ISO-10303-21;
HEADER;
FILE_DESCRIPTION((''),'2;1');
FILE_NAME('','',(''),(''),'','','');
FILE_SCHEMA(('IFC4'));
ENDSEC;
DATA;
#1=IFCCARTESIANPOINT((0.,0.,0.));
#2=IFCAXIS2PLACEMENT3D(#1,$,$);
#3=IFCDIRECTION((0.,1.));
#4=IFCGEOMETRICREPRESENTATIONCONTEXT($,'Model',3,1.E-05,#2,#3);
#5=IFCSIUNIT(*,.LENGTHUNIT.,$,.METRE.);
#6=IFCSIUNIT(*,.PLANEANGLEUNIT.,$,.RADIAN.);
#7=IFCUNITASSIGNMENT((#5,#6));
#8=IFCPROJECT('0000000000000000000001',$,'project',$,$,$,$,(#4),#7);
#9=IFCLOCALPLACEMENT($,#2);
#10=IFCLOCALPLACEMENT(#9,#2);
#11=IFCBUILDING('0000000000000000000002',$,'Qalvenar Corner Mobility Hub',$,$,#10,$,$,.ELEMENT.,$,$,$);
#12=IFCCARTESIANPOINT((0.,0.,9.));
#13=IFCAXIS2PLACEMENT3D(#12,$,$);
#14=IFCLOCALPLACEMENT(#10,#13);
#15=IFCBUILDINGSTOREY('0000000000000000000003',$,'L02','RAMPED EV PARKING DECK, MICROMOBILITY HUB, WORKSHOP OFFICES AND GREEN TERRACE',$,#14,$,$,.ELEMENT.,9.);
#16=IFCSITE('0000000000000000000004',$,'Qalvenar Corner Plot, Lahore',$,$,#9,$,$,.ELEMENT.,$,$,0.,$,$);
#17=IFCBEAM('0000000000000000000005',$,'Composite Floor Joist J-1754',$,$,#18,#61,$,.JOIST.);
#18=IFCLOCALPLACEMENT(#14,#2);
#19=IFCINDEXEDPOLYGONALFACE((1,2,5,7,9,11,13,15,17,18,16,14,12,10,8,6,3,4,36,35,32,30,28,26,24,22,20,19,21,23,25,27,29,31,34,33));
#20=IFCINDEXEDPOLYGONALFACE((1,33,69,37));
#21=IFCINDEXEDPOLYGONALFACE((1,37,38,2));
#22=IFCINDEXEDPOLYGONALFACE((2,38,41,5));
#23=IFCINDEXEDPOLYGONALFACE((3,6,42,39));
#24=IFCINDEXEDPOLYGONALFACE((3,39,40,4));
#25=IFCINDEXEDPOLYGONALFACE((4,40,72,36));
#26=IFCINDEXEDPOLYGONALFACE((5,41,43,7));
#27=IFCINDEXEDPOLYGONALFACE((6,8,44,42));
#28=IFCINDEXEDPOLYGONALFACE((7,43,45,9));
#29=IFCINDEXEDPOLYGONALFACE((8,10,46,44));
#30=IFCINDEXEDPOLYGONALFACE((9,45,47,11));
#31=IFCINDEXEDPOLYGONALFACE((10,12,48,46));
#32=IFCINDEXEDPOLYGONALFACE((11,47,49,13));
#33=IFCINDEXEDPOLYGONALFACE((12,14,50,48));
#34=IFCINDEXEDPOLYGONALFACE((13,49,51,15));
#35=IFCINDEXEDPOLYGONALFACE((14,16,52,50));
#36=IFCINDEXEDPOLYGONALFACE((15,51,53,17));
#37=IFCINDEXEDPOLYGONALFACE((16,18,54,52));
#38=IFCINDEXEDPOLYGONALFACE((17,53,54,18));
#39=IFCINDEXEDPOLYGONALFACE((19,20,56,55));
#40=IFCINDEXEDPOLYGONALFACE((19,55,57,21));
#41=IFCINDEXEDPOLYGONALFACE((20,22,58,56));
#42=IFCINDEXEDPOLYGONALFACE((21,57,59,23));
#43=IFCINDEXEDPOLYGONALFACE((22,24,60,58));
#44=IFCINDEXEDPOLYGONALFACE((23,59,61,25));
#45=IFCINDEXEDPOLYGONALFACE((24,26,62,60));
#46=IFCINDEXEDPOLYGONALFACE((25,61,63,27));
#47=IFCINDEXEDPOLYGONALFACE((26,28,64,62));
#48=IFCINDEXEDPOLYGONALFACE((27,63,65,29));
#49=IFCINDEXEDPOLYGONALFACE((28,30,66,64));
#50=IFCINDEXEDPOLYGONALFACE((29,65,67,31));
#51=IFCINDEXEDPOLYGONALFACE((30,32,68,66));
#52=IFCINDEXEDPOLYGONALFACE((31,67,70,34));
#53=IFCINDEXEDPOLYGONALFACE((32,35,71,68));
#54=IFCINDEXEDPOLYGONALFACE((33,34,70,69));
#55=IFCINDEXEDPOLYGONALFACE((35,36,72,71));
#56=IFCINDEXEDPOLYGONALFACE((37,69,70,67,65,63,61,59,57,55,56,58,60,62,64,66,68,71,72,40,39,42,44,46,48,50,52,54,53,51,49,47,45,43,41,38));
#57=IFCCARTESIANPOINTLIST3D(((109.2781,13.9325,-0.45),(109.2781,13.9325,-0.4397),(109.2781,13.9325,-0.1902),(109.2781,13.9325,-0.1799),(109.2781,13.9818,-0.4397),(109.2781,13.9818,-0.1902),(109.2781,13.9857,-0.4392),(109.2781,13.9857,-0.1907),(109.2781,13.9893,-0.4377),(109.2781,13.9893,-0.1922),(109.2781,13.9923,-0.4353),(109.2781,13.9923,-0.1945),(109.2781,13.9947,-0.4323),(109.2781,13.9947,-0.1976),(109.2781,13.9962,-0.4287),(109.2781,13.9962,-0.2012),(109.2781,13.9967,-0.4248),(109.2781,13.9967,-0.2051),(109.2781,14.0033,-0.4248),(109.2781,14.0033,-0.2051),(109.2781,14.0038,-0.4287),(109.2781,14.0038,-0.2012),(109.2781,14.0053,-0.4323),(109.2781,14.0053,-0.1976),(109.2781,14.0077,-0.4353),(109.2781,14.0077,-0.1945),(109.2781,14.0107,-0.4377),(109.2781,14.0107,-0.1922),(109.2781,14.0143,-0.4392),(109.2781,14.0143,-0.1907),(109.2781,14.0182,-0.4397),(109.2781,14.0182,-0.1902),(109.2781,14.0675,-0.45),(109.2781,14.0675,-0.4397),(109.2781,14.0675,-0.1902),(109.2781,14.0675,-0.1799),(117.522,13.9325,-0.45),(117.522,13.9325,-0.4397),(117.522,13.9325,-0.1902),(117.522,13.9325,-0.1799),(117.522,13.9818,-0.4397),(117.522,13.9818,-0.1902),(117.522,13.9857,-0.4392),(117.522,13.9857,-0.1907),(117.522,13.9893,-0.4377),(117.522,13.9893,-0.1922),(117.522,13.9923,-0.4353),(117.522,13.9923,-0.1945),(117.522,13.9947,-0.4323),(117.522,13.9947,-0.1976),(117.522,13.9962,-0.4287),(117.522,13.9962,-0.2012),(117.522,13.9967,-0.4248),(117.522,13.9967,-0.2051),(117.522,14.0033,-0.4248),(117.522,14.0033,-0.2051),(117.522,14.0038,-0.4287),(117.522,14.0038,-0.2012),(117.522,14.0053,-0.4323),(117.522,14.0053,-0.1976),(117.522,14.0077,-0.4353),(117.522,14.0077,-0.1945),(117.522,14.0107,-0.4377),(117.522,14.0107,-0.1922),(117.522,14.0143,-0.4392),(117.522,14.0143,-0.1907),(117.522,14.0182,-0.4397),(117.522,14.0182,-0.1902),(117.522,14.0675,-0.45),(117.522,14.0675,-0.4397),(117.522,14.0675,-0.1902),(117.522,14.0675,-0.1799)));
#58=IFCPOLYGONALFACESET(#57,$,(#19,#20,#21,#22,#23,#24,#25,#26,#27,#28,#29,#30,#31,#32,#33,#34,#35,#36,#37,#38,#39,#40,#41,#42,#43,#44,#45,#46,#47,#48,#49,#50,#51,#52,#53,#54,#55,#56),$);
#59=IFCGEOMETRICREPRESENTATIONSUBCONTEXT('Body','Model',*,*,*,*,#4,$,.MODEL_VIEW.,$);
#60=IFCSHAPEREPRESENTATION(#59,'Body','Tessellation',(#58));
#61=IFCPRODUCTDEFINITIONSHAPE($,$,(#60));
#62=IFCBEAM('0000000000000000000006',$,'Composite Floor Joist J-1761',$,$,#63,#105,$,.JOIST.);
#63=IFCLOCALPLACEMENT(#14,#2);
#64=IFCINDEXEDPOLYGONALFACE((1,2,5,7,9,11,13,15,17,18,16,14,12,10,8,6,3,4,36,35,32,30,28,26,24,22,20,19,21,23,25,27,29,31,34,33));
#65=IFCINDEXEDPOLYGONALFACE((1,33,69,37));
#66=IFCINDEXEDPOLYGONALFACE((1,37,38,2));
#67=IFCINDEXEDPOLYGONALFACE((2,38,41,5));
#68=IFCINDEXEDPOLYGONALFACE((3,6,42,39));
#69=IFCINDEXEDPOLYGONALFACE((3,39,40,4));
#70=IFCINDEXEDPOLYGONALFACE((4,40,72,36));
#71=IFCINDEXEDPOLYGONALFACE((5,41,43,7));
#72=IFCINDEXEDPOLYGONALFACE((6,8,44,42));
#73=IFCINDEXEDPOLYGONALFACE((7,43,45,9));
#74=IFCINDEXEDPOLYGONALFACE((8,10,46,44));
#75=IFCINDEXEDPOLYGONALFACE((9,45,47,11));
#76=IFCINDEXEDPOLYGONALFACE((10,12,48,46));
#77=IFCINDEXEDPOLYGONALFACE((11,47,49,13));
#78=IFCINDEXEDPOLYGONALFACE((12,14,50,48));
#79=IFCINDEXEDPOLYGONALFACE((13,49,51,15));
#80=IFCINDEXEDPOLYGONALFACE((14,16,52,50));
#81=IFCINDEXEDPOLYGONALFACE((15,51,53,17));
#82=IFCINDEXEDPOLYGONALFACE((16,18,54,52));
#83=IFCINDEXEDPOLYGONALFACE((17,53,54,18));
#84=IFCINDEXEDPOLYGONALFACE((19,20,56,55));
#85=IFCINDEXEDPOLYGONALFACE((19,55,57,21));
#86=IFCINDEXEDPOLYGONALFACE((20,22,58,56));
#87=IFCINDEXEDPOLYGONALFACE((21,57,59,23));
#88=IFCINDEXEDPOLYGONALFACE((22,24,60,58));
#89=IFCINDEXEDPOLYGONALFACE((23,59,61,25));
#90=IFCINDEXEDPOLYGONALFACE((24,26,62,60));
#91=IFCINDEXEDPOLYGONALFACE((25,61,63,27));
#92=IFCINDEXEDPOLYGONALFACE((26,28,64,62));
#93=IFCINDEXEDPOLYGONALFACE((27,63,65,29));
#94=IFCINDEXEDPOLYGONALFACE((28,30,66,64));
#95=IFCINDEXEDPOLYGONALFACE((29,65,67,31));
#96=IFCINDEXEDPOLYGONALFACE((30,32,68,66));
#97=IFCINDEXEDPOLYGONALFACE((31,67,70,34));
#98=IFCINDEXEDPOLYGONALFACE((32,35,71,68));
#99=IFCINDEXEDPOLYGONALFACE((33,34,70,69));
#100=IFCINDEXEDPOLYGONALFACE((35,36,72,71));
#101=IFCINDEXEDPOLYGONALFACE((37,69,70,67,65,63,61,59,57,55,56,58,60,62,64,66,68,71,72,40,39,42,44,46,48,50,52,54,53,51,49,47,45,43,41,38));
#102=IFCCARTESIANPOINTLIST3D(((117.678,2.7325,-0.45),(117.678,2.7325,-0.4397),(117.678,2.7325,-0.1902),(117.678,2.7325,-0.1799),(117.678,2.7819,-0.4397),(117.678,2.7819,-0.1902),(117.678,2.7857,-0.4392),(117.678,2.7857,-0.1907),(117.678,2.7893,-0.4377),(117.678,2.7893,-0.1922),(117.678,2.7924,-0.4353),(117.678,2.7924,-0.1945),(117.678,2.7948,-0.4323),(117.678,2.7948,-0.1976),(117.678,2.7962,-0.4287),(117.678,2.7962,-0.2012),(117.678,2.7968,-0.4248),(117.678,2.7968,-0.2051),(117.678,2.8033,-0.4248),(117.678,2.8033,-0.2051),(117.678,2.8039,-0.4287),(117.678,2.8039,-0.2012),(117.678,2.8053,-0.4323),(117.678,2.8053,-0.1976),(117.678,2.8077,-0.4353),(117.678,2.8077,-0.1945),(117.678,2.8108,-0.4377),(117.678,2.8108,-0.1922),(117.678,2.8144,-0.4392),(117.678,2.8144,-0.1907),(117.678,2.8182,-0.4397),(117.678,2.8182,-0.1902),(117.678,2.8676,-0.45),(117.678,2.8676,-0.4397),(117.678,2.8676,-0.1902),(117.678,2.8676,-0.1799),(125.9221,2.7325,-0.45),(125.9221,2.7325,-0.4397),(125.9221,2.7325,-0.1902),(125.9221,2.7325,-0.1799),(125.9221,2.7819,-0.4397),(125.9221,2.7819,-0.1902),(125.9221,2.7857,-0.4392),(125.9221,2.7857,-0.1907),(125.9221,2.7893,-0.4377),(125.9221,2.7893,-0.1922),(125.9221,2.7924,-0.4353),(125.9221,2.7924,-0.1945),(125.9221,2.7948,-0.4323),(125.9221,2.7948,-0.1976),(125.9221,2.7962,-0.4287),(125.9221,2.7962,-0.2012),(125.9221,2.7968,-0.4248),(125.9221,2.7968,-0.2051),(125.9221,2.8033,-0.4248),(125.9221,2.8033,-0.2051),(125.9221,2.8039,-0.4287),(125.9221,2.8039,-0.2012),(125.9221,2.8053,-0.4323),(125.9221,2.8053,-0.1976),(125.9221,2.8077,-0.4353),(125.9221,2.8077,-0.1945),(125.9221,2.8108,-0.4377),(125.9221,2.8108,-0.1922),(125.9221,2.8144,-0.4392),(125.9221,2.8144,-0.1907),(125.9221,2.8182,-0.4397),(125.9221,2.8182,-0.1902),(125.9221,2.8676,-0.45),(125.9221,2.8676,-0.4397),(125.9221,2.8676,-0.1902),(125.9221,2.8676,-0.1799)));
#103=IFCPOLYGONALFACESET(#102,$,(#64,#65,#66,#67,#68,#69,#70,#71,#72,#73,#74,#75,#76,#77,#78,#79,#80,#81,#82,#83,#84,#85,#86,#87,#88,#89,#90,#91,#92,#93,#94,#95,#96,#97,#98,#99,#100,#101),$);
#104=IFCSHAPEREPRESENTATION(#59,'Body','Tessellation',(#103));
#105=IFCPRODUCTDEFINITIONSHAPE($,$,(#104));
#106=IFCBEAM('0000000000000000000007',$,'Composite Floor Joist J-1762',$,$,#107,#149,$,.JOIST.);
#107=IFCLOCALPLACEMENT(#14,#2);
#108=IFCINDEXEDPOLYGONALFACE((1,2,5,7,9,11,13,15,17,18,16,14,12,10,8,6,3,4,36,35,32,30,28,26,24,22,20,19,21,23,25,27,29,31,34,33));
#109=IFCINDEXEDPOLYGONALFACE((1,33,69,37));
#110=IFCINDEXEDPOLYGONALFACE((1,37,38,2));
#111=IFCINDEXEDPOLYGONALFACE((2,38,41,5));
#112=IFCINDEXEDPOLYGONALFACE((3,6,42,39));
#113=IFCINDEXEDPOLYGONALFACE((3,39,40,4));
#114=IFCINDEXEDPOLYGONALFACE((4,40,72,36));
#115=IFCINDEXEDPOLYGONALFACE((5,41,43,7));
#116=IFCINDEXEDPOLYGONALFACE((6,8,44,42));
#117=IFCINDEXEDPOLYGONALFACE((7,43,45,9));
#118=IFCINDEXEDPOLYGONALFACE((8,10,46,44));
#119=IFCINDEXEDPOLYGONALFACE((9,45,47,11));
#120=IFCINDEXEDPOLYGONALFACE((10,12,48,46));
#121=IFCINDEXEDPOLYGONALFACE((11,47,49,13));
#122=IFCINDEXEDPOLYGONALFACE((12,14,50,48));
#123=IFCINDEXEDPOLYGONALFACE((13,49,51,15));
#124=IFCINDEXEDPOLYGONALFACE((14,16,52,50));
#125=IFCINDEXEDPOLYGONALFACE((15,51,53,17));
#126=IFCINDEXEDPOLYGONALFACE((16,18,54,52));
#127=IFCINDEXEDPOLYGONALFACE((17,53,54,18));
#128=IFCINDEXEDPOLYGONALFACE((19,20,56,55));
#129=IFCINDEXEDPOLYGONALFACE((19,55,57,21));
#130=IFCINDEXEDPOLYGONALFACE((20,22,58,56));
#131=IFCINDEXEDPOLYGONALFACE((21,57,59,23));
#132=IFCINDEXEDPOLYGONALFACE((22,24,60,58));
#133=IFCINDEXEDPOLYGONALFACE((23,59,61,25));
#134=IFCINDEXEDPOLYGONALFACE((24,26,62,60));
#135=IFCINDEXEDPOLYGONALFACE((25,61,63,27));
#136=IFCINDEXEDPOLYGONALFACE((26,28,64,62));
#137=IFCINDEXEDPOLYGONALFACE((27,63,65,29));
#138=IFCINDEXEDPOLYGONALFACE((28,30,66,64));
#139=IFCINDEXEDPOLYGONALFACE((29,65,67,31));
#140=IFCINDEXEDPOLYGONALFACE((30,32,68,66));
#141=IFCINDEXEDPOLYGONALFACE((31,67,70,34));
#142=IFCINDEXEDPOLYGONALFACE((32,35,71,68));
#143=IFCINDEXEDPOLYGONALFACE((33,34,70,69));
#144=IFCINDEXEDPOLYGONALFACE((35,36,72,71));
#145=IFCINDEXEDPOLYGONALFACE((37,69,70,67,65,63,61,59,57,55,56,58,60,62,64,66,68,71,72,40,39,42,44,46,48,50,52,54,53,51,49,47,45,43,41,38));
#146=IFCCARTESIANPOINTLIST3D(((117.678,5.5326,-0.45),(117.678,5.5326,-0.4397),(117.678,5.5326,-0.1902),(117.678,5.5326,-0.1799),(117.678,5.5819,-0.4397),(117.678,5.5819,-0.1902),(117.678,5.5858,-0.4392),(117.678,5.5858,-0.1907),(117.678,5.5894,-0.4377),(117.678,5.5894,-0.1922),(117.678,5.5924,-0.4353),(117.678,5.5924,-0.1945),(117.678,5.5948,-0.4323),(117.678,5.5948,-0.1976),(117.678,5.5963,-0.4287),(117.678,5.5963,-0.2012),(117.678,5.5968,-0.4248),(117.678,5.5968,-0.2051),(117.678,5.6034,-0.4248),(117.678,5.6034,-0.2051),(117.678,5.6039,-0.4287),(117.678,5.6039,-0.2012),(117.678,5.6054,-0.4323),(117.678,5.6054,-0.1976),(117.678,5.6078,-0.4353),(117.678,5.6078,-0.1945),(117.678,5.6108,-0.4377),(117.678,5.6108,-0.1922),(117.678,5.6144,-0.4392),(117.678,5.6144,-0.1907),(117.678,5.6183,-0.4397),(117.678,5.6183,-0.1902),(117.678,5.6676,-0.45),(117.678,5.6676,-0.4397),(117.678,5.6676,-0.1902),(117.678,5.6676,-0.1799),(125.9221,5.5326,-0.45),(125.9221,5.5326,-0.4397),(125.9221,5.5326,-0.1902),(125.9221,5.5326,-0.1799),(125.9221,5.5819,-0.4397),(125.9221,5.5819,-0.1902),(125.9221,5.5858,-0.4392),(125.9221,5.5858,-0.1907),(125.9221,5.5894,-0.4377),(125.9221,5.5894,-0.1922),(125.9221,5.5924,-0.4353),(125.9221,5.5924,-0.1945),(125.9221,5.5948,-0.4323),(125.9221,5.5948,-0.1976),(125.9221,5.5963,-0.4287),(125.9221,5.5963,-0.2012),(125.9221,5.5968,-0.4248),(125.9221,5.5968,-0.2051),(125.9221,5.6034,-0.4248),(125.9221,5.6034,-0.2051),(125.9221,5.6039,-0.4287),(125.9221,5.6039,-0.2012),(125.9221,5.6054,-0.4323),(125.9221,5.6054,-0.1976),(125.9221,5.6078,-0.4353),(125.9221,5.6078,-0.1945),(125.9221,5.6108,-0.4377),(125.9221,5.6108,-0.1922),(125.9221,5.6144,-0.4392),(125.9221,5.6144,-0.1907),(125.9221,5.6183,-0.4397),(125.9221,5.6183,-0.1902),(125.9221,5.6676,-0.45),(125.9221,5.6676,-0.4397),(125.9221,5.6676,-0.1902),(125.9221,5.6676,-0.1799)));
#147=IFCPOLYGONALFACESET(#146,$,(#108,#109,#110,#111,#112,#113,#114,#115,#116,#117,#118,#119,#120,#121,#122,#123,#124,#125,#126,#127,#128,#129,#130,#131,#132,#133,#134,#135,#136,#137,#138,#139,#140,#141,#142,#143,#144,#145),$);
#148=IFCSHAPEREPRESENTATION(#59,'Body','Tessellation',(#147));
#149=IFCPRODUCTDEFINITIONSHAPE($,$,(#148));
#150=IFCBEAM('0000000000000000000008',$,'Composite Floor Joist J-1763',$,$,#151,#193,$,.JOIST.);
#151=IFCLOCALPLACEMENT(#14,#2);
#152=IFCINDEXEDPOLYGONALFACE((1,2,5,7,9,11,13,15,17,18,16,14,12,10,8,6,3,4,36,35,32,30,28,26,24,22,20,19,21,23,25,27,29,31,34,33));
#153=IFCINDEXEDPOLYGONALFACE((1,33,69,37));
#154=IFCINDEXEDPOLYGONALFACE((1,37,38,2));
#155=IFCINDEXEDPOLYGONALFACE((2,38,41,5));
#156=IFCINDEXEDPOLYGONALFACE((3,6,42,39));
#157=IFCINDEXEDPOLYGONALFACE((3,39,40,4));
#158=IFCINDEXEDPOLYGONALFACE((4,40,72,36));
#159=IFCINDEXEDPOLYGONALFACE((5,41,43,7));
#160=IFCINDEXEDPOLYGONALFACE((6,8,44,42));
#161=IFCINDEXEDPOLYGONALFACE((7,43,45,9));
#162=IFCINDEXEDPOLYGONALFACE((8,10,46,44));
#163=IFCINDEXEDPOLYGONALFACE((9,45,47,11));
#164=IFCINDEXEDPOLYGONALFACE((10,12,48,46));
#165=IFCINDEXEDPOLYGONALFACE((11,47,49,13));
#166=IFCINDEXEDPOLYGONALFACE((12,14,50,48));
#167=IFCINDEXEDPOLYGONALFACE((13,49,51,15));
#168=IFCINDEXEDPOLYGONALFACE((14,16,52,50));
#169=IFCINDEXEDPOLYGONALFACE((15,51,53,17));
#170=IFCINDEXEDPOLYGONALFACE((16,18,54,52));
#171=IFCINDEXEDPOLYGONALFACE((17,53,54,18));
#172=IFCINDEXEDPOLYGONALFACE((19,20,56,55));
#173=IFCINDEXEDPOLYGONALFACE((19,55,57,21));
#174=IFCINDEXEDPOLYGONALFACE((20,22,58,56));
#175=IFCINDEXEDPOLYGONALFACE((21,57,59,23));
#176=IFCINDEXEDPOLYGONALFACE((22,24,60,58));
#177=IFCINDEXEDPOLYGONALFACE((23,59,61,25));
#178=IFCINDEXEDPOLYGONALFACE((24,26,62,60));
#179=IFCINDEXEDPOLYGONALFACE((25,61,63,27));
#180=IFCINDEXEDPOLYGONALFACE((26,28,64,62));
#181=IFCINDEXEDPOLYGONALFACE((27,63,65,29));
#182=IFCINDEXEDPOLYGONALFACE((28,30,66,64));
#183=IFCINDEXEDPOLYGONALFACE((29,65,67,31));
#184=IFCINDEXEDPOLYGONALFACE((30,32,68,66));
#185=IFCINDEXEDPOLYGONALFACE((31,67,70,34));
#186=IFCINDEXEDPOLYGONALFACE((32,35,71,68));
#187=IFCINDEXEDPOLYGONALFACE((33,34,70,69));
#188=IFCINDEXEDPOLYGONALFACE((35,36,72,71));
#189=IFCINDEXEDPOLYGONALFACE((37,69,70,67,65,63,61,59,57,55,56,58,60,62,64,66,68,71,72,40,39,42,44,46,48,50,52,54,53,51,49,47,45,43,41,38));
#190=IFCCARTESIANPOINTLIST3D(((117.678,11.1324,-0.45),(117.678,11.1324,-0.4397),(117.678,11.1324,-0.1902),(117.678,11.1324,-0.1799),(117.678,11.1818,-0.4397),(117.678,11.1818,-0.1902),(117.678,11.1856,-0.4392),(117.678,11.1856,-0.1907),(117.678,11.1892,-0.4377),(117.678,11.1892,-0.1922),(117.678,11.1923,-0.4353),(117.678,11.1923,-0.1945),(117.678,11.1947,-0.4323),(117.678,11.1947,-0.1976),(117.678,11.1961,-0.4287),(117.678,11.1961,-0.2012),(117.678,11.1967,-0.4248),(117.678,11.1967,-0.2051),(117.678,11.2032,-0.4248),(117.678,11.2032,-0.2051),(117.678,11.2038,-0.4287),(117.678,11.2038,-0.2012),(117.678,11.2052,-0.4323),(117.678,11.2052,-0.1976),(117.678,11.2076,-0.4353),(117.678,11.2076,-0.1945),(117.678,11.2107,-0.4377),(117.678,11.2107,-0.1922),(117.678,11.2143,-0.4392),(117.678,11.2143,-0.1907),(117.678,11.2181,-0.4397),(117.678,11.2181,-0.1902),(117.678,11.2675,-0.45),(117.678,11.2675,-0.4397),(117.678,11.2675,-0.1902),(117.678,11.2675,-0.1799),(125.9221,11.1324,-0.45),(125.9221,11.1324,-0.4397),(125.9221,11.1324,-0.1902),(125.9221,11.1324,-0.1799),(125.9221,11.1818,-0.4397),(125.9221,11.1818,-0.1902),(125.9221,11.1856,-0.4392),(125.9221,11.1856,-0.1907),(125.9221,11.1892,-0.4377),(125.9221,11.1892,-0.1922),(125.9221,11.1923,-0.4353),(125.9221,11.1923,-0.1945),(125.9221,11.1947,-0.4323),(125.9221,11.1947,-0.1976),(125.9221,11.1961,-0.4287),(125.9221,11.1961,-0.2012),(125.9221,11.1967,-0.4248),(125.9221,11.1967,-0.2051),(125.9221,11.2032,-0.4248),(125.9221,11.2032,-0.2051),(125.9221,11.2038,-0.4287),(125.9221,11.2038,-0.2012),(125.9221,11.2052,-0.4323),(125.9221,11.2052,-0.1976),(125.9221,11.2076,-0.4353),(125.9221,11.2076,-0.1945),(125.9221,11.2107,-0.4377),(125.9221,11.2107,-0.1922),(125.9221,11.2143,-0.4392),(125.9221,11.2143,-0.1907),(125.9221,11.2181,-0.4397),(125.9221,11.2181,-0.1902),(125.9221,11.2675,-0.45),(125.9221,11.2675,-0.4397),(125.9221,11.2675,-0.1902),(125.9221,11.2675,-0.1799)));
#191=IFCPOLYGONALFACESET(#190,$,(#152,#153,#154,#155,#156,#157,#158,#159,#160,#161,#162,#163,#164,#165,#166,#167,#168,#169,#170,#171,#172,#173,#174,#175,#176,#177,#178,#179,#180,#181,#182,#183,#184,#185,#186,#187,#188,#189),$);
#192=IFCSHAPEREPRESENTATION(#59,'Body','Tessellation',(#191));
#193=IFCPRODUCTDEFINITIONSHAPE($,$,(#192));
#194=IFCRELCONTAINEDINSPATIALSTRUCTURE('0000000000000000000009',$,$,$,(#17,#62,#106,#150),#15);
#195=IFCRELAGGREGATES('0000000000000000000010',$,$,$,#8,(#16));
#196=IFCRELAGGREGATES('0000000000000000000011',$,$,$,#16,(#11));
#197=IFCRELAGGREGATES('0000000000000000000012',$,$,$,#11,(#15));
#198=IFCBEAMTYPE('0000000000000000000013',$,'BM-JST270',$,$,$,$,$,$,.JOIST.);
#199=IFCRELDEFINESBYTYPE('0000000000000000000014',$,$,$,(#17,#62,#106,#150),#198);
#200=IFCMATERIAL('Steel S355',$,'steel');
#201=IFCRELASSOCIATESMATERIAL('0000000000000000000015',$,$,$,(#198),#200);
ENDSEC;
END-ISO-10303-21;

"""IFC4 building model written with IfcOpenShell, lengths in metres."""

from ifc_helpers import new_model, si_unit, direction, frame, origin, origin_2d, place, context, subcontext, project, spatial, i_section, extrude, material, material_profile, profile_set, type_object, element, save


model = new_model("IFC4")

# Units and contexts
model_context = context("Model", 3, precision=1e-05, world=origin(), true_north=direction((0.0, 1.0)))
body_context = subcontext(model_context, "Body", "Model", "MODEL_VIEW")
ifc_project = project(units=[si_unit("LENGTHUNIT", "METRE"), si_unit("PLANEANGLEUNIT", "RADIAN")], contexts=[model_context])

# Site, building, storey
site_placement = place(None, origin())
site = spatial("IfcSite", under=ifc_project, at=site_placement, Name="Qalvenar Corner Plot, Lahore", CompositionType="ELEMENT", RefElevation=0.0)
building_placement = place(site_placement, origin())
building = spatial("IfcBuilding", under=site, at=building_placement, Name="Qalvenar Corner Mobility Hub", CompositionType="ELEMENT")
storey_placement = place(building_placement, frame((0.0, 0.0, 9.0)))
storey = spatial("IfcBuildingStorey", under=building, at=storey_placement, Name="L02", Description="RAMPED EV PARKING DECK, MICROMOBILITY HUB, WORKSHOP OFFICES AND GREEN TERRACE", CompositionType="ELEMENT", Elevation=9.0)

# Shared definitions
ifc_material_1 = material(Name="Steel S355", Category="steel")

# Beams
ifc_material_profile_1 = material_profile(ifc_material_1, i_section(OverallWidth=0.135, OverallDepth=0.27, WebThickness=0.0066, FlangeThickness=0.0103, FilletRadius=0.0149, at=origin_2d()), Name="IPE270")
ifc_profile_set_1 = profile_set([ifc_material_profile_1], Name="Steel S355")
beam_type_1 = type_object("IfcBeamType", Name="BM-JST270", PredefinedType="JOIST", material=ifc_profile_set_1)
for number, where, z_axis, x_axis, name in (
    (1, (109.2781, 14.0, -0.3149), (1.0, 0.0, 0.0), (0.0, 1.0, 0.0), "Composite Floor Joist J-1754"),
):
    element("IfcBeam", number, at=place(storey_placement, frame(where, z_axis=z_axis, x_axis=x_axis)), inside=storey, type_object=beam_type_1, Name=name, PredefinedType="JOIST", context=body_context, shape_type="SweptSolid", body=[
        extrude(i_section(OverallWidth=0.135, OverallDepth=0.27, WebThickness=0.0066, FlangeThickness=0.0103, FilletRadius=0.0149, at=origin_2d()), origin(), (0.0, 0.0, 1.0), 8.2439),
    ])
for number, where, z_axis, x_axis, name in (
    (2, (117.678, 2.8, -0.3149), (1.0, 0.0, 0.0), (0.0, 1.0, 0.0), "Composite Floor Joist J-1761"),
    (3, (117.678, 5.6001, -0.3149), (1.0, 0.0, 0.0), (0.0, 1.0, 0.0), "Composite Floor Joist J-1762"),
    (4, (117.678, 11.2, -0.3149), (1.0, 0.0, 0.0), (0.0, 1.0, 0.0), "Composite Floor Joist J-1763"),
):
    element("IfcBeam", number, at=place(storey_placement, frame(where, z_axis=z_axis, x_axis=x_axis)), inside=storey, type_object=beam_type_1, Name=name, PredefinedType="JOIST", context=body_context, shape_type="SweptSolid", body=[
        extrude(i_section(OverallWidth=0.135, OverallDepth=0.27, WebThickness=0.0066, FlangeThickness=0.0103, FilletRadius=0.0149, at=origin_2d()), origin(), (0.0, 0.0, 1.0), 8.2441),
    ])

save(model, "model.ifc")
